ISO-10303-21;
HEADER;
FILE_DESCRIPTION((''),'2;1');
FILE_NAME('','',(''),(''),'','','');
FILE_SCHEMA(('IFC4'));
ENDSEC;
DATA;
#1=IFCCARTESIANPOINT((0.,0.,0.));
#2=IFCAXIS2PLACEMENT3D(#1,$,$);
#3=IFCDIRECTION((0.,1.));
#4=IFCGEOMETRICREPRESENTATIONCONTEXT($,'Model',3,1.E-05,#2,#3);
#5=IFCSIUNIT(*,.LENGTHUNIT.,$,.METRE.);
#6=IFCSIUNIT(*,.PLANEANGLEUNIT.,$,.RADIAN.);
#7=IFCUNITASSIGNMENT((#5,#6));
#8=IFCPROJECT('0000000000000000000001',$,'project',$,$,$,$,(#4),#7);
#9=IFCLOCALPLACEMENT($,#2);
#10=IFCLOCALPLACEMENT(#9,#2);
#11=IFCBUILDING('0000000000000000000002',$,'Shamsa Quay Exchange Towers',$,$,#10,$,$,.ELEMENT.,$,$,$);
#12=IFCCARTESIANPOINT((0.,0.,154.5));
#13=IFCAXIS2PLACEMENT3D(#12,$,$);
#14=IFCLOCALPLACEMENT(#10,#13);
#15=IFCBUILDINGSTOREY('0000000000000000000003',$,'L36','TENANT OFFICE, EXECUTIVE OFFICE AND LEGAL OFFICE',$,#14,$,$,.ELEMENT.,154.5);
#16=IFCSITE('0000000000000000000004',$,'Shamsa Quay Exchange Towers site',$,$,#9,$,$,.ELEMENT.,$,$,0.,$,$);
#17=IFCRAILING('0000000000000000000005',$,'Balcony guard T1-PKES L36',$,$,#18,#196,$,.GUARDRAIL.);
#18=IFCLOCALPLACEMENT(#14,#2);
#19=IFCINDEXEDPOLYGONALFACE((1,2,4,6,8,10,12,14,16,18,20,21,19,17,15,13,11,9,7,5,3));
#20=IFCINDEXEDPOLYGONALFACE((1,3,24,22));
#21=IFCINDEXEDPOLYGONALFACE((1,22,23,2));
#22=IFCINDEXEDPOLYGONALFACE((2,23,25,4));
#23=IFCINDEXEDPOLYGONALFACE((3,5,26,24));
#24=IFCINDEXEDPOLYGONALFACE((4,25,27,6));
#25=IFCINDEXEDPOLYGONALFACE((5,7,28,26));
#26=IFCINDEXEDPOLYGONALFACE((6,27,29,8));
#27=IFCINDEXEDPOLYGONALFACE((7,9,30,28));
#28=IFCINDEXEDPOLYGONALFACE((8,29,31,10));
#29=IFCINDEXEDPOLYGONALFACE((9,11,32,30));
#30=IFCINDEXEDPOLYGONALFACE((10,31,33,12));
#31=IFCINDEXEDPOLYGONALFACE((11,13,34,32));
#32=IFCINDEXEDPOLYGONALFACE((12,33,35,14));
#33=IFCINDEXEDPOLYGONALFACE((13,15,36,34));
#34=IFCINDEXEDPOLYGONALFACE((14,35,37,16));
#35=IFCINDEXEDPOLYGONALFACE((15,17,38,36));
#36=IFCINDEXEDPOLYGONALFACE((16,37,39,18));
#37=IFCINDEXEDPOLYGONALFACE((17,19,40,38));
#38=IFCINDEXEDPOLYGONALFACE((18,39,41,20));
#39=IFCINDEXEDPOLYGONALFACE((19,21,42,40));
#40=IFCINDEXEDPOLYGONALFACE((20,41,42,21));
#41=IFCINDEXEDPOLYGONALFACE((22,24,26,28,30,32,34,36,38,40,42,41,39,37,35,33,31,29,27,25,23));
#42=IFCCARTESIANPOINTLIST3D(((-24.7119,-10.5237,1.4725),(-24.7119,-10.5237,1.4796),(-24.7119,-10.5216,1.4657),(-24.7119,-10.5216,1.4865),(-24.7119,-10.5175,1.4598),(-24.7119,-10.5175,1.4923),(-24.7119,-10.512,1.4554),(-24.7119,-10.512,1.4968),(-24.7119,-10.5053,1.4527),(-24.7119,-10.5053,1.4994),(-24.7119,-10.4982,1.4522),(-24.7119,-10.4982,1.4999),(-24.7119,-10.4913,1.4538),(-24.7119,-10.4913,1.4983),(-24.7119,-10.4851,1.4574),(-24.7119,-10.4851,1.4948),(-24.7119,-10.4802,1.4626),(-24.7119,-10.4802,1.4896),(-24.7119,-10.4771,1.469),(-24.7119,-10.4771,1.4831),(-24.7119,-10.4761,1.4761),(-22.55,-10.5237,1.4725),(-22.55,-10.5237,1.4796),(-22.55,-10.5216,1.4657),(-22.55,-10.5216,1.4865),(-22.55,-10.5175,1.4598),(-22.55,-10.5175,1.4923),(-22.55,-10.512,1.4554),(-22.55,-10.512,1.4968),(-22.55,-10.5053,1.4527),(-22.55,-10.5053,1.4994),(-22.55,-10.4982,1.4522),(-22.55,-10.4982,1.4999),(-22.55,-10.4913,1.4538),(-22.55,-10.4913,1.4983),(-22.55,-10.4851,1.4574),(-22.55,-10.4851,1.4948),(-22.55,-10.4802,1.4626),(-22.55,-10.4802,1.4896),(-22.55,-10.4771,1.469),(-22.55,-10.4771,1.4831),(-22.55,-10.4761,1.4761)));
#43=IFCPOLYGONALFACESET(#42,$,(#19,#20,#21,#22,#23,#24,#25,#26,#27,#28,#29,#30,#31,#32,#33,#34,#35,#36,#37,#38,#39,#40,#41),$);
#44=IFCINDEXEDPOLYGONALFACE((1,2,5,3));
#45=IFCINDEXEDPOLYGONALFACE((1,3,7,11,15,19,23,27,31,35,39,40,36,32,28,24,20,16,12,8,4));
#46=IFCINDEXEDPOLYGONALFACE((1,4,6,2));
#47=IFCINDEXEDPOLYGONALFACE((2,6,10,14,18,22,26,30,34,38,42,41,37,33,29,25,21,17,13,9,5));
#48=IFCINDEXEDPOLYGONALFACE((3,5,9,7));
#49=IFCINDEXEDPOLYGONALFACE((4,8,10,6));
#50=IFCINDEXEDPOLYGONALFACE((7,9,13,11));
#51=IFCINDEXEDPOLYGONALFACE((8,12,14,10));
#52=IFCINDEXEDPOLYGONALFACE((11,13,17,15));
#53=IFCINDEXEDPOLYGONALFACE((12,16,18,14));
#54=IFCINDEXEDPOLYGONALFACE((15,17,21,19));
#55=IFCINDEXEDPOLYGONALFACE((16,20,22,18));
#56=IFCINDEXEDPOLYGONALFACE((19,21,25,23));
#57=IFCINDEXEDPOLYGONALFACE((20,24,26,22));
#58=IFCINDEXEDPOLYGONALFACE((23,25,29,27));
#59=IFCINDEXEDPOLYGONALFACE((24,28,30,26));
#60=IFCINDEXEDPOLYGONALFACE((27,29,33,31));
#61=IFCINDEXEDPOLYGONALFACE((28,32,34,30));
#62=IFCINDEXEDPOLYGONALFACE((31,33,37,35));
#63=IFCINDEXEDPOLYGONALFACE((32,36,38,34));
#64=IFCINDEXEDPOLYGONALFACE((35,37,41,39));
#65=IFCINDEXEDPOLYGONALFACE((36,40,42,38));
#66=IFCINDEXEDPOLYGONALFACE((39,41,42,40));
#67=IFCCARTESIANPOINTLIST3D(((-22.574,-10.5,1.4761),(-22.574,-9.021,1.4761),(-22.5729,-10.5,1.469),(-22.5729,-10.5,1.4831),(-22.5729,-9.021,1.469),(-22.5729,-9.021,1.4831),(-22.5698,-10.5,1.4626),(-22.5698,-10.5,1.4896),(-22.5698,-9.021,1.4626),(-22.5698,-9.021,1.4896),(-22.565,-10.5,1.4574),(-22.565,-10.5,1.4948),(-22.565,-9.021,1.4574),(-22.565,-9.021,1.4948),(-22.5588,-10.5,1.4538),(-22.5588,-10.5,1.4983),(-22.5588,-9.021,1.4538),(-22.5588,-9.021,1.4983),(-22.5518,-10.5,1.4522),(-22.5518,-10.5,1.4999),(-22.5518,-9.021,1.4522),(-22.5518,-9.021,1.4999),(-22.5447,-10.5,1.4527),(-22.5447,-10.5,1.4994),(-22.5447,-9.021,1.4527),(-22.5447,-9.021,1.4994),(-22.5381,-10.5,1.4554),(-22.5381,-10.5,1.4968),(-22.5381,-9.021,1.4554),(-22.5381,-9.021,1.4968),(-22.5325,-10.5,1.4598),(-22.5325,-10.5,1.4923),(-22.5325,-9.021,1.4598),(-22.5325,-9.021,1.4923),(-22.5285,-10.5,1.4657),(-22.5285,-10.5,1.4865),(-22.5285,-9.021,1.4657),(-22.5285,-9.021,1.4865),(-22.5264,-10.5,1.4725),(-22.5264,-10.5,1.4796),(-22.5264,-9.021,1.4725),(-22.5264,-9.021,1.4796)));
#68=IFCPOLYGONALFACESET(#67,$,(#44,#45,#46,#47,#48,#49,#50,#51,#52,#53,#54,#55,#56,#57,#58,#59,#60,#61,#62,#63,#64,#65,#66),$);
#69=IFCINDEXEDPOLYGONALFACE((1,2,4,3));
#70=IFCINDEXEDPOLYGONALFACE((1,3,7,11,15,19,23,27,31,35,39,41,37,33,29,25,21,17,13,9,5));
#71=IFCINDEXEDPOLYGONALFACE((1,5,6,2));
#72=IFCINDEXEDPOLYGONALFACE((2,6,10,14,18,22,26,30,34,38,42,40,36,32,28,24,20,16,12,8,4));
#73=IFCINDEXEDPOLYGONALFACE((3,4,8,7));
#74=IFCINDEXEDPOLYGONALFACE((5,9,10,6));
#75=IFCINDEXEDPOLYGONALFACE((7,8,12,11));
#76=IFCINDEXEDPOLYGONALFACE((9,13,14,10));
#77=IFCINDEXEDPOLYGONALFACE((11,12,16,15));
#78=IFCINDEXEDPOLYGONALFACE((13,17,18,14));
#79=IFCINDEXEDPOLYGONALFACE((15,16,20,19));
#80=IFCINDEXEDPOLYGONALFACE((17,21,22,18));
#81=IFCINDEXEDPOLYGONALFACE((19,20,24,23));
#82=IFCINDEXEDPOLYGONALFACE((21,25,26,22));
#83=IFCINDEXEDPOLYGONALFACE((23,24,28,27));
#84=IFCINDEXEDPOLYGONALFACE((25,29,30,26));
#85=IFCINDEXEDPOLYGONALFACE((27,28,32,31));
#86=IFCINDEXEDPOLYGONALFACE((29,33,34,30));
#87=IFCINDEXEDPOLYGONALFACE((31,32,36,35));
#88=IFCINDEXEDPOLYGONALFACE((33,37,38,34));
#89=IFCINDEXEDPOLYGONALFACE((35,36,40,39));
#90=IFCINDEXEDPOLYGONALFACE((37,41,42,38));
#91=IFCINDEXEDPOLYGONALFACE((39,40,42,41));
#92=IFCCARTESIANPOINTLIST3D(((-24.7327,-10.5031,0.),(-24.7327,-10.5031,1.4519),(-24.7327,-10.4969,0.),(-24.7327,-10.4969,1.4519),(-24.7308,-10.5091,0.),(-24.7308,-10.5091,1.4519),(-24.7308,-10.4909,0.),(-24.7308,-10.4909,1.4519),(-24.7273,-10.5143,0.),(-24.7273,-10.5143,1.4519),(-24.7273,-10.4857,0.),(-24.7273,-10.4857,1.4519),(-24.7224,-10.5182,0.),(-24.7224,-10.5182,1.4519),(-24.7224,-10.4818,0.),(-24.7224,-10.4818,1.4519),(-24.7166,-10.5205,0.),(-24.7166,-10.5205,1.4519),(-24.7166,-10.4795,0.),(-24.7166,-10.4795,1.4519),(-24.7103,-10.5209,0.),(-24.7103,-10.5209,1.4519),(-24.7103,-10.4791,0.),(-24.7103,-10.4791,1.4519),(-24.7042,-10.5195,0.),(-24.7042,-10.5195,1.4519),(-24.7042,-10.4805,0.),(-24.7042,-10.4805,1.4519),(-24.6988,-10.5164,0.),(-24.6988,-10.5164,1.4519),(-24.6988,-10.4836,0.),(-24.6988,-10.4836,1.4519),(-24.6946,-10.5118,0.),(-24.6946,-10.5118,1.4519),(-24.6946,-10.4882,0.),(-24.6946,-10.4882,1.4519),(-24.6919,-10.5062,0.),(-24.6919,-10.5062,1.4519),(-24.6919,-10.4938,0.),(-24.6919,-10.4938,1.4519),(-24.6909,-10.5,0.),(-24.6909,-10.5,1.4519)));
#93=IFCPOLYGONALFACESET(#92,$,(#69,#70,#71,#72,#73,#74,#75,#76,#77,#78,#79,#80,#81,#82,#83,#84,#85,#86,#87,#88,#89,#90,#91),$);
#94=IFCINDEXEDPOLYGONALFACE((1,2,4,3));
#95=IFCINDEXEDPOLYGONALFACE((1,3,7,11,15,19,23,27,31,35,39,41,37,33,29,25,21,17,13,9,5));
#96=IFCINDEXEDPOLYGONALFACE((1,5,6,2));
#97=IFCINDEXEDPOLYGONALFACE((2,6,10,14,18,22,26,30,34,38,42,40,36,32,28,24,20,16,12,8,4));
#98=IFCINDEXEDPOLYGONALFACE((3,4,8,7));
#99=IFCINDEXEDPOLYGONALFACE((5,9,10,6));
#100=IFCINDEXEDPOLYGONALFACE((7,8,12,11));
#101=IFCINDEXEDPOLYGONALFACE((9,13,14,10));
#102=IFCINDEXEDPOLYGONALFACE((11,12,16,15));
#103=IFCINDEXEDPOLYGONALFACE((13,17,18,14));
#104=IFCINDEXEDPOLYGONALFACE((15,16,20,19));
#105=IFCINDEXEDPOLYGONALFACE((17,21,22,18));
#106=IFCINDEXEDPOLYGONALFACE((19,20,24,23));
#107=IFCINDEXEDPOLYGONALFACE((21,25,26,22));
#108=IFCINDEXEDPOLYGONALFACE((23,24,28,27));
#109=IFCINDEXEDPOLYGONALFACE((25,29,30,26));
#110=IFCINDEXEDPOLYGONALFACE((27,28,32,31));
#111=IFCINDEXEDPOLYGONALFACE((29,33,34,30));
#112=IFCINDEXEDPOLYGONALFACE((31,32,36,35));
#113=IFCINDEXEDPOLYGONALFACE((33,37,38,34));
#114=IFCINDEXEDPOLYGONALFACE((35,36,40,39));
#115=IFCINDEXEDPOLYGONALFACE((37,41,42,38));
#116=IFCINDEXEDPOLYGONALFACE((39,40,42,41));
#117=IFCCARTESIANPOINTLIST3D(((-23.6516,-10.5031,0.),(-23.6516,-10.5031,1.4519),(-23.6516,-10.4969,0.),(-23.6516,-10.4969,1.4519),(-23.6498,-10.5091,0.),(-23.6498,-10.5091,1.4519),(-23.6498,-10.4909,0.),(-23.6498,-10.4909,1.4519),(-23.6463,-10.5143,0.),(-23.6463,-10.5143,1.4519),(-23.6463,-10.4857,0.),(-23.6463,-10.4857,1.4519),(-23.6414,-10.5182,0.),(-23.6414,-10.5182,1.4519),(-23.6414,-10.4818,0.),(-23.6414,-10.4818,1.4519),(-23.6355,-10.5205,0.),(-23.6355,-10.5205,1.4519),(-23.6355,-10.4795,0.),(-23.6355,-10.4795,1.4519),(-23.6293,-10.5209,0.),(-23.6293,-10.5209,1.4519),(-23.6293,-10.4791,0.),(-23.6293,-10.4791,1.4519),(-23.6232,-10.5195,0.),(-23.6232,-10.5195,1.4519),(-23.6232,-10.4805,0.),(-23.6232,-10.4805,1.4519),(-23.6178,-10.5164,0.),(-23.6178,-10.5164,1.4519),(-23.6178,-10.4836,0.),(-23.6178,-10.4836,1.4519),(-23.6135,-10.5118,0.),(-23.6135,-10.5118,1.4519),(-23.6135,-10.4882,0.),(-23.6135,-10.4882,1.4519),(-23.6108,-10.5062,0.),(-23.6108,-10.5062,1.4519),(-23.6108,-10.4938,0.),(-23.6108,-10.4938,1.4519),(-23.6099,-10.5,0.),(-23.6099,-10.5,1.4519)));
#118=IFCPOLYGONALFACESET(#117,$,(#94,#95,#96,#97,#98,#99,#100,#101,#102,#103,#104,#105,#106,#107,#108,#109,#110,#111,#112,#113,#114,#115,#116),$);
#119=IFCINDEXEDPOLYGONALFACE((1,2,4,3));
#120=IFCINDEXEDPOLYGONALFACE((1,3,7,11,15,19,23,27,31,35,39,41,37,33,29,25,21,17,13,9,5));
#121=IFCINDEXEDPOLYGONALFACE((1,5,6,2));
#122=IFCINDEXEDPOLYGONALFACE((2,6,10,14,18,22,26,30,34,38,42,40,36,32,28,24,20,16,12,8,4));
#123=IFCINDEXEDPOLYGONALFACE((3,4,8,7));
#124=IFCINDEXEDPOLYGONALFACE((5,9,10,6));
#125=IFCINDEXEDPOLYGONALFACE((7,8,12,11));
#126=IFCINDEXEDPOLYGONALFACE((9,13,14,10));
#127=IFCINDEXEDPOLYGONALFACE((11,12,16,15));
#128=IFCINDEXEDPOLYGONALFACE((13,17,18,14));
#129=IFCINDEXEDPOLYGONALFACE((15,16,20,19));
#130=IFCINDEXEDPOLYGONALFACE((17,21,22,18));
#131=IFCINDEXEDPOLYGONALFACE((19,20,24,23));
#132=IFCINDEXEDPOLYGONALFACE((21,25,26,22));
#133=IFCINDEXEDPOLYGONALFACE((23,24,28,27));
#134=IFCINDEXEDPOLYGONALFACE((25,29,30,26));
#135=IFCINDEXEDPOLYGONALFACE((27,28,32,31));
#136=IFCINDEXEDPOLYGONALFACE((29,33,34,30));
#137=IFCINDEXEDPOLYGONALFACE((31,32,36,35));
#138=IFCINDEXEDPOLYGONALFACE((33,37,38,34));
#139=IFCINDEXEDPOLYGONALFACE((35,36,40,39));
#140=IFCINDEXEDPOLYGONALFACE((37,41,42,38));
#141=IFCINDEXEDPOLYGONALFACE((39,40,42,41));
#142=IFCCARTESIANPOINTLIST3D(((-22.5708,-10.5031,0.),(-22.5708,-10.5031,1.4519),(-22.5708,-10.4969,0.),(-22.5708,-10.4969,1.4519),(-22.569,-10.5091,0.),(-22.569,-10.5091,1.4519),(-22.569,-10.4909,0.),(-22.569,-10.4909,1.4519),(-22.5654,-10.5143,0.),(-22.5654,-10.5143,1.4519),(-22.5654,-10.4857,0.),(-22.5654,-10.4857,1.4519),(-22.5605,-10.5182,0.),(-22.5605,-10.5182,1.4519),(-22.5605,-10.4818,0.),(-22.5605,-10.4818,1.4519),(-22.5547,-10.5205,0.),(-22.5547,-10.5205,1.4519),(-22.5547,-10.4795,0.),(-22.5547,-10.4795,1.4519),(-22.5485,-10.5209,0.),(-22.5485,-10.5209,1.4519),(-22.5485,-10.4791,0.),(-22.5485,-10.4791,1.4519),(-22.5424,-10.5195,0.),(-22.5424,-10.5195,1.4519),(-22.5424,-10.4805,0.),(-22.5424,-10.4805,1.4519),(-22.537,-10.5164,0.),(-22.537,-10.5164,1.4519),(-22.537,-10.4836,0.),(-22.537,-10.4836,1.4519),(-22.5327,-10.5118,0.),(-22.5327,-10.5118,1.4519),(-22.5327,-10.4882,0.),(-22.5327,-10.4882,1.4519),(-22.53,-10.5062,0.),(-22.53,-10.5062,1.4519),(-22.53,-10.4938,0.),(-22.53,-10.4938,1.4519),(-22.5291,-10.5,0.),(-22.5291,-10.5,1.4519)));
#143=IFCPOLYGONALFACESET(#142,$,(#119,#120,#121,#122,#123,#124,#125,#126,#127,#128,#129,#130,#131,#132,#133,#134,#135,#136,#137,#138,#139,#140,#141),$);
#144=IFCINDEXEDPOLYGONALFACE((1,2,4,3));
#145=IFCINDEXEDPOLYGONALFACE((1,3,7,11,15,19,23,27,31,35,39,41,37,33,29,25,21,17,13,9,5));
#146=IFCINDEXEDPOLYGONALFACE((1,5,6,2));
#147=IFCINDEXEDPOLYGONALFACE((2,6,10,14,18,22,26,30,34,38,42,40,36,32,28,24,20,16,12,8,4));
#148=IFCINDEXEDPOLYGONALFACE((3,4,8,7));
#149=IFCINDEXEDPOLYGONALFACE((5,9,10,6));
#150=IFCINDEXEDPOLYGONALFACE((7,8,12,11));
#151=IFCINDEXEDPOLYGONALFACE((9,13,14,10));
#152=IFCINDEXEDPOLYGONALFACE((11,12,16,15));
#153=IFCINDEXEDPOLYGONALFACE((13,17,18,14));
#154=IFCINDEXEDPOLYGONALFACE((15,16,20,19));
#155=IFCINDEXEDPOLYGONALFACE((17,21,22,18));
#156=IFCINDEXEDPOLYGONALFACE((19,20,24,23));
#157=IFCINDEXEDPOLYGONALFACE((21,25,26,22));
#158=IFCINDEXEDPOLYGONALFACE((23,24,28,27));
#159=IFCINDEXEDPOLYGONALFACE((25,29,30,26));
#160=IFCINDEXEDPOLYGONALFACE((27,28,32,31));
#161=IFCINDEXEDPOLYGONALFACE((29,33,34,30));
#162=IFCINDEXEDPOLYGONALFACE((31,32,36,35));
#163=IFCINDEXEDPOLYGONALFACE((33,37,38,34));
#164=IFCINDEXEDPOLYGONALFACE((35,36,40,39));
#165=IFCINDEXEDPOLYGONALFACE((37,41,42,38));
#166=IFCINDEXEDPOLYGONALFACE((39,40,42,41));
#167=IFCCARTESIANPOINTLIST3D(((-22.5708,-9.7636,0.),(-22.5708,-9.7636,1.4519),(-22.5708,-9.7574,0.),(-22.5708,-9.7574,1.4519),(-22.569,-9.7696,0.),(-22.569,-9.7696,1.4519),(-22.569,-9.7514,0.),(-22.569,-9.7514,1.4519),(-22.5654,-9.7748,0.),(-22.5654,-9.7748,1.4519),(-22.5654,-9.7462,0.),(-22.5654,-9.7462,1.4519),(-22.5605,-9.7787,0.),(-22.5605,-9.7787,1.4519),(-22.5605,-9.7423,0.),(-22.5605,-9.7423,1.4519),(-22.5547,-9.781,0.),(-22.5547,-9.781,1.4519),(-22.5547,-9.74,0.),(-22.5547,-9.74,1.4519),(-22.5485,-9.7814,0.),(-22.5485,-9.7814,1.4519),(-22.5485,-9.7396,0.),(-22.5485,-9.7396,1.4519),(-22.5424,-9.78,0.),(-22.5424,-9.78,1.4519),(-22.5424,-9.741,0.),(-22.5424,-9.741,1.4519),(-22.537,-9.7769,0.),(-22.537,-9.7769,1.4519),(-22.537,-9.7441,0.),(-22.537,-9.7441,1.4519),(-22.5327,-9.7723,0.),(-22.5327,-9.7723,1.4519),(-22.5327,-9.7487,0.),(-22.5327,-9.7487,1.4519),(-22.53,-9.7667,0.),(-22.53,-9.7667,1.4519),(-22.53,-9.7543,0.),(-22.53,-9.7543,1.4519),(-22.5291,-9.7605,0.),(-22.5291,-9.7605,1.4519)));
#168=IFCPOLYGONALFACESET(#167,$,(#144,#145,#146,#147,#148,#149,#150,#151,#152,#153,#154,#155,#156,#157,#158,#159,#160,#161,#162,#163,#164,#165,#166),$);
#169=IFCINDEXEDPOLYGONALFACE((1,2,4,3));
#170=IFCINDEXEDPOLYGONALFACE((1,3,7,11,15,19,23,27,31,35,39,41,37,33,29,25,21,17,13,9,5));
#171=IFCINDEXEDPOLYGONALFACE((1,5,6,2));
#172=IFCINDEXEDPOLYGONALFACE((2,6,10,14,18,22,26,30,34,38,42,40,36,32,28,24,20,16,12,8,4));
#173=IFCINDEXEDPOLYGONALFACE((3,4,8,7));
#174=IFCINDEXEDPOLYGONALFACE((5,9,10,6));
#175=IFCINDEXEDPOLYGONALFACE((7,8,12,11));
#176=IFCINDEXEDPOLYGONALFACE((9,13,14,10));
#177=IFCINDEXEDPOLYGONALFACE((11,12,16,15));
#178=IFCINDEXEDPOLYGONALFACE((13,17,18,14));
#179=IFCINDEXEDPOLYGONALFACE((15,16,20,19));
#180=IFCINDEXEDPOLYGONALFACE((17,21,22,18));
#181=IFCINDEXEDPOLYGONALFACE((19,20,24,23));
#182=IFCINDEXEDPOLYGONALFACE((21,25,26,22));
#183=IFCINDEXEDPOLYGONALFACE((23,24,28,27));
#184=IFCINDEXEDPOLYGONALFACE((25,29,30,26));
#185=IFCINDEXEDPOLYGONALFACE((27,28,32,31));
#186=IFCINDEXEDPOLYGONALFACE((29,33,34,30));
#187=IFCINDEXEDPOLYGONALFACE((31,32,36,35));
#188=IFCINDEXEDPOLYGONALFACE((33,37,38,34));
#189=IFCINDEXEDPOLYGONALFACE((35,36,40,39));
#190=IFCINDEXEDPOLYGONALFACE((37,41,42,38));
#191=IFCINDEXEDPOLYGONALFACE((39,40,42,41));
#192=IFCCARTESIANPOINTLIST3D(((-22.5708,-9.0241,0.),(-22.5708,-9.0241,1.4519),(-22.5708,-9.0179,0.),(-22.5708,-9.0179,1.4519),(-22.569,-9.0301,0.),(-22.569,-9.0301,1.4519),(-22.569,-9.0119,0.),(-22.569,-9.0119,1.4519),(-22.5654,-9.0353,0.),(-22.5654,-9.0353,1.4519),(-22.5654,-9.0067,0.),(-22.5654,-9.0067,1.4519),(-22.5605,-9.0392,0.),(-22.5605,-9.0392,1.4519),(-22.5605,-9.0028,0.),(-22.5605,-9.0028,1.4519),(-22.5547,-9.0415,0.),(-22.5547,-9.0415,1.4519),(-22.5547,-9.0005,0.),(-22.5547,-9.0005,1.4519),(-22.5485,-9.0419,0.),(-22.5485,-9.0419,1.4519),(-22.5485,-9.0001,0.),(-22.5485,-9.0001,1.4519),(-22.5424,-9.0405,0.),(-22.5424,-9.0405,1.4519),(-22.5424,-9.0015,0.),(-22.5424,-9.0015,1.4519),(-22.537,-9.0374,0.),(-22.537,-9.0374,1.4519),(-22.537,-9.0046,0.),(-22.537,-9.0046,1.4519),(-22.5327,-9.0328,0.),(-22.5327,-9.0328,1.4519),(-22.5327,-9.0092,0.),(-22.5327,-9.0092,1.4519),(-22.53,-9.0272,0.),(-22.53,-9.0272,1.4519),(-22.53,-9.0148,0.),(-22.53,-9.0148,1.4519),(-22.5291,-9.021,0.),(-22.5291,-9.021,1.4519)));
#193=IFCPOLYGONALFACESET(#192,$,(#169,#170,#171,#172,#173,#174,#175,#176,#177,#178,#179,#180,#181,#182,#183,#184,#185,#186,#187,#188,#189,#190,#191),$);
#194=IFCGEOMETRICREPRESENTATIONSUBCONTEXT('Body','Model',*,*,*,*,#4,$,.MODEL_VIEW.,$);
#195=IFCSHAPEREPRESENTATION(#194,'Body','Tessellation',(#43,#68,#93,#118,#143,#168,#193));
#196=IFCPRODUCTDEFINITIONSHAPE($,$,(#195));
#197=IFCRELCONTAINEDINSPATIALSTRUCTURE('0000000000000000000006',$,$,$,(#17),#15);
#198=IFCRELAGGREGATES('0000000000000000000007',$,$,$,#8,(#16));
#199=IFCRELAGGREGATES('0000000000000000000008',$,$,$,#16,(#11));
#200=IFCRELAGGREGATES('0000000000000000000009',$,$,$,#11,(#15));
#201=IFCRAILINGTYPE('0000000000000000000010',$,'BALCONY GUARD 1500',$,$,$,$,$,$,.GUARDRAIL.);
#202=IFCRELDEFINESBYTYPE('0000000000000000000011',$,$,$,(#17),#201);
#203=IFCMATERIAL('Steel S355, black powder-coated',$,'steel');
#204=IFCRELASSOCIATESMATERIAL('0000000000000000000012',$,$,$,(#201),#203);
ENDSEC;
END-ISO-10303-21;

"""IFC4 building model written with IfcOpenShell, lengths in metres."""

from ifc_helpers import new_model, si_unit, direction, frame, origin, origin_2d, place, context, subcontext, project, spatial, circle, extrude, material, type_object, element, save


model = new_model("IFC4")

# Units and contexts
model_context = context("Model", 3, precision=1e-05, world=origin(), true_north=direction((0.0, 1.0)))
body_context = subcontext(model_context, "Body", "Model", "MODEL_VIEW")
ifc_project = project(units=[si_unit("LENGTHUNIT", "METRE"), si_unit("PLANEANGLEUNIT", "RADIAN")], contexts=[model_context])

# Site, building, storey
site_placement = place(None, origin())
site = spatial("IfcSite", under=ifc_project, at=site_placement, Name="Shamsa Quay Exchange Towers site", CompositionType="ELEMENT", RefElevation=0.0)
building_placement = place(site_placement, origin())
building = spatial("IfcBuilding", under=site, at=building_placement, Name="Shamsa Quay Exchange Towers", CompositionType="ELEMENT")
storey_placement = place(building_placement, frame((0.0, 0.0, 154.5)))
storey = spatial("IfcBuildingStorey", under=building, at=storey_placement, Name="L36", Description="TENANT OFFICE, EXECUTIVE OFFICE AND LEGAL OFFICE", CompositionType="ELEMENT", Elevation=154.5)

# Railing
ifc_material_1 = material(Name="Steel S355, black powder-coated", Category="steel")
railing_type_1 = type_object("IfcRailingType", Name="BALCONY GUARD 1500", PredefinedType="GUARDRAIL", material=ifc_material_1)
for number, where, name in (
    (1, (-24.7119, -10.5, 0.0), "Balcony guard T1-PKES L36"),
):
    element("IfcRailing", number, at=place(storey_placement, frame(where)), inside=storey, type_object=railing_type_1, Name=name, PredefinedType="GUARDRAIL", context=body_context, shape_type="SweptSolid", body=[
        extrude(circle(Radius=0.0239, at=origin_2d()), frame((0.0, 0.0, 1.4761), z_axis=(1.0, 0.0, 0.0), x_axis=(0.0, 1.0, 0.0)), (0.0, 0.0, 1.0), 2.1619),
        extrude(circle(Radius=0.0239, at=origin_2d()), frame((2.1619, 0.0, 1.4761), z_axis=(0.0, 1.0, 0.0), x_axis=(-1.0, 0.0, 0.0)), (0.0, 0.0, 1.0), 1.479),
        extrude(circle(Radius=0.021, at=origin_2d()), origin(), (0.0, 0.0, 1.0), 1.4519),
        extrude(circle(Radius=0.021, at=origin_2d()), frame((1.0811, 0.0, 0.0)), (0.0, 0.0, 1.0), 1.4519),
        extrude(circle(Radius=0.021, at=origin_2d()), frame((2.1619, 0.0, 0.0)), (0.0, 0.0, 1.0), 1.4519),
        extrude(circle(Radius=0.021, at=origin_2d()), frame((2.1619, 0.7395, 0.0)), (0.0, 0.0, 1.0), 1.4519),
        extrude(circle(Radius=0.021, at=origin_2d()), frame((2.1619, 1.479, 0.0)), (0.0, 0.0, 1.0), 1.4519),
    ])

save(model, "model.ifc")
